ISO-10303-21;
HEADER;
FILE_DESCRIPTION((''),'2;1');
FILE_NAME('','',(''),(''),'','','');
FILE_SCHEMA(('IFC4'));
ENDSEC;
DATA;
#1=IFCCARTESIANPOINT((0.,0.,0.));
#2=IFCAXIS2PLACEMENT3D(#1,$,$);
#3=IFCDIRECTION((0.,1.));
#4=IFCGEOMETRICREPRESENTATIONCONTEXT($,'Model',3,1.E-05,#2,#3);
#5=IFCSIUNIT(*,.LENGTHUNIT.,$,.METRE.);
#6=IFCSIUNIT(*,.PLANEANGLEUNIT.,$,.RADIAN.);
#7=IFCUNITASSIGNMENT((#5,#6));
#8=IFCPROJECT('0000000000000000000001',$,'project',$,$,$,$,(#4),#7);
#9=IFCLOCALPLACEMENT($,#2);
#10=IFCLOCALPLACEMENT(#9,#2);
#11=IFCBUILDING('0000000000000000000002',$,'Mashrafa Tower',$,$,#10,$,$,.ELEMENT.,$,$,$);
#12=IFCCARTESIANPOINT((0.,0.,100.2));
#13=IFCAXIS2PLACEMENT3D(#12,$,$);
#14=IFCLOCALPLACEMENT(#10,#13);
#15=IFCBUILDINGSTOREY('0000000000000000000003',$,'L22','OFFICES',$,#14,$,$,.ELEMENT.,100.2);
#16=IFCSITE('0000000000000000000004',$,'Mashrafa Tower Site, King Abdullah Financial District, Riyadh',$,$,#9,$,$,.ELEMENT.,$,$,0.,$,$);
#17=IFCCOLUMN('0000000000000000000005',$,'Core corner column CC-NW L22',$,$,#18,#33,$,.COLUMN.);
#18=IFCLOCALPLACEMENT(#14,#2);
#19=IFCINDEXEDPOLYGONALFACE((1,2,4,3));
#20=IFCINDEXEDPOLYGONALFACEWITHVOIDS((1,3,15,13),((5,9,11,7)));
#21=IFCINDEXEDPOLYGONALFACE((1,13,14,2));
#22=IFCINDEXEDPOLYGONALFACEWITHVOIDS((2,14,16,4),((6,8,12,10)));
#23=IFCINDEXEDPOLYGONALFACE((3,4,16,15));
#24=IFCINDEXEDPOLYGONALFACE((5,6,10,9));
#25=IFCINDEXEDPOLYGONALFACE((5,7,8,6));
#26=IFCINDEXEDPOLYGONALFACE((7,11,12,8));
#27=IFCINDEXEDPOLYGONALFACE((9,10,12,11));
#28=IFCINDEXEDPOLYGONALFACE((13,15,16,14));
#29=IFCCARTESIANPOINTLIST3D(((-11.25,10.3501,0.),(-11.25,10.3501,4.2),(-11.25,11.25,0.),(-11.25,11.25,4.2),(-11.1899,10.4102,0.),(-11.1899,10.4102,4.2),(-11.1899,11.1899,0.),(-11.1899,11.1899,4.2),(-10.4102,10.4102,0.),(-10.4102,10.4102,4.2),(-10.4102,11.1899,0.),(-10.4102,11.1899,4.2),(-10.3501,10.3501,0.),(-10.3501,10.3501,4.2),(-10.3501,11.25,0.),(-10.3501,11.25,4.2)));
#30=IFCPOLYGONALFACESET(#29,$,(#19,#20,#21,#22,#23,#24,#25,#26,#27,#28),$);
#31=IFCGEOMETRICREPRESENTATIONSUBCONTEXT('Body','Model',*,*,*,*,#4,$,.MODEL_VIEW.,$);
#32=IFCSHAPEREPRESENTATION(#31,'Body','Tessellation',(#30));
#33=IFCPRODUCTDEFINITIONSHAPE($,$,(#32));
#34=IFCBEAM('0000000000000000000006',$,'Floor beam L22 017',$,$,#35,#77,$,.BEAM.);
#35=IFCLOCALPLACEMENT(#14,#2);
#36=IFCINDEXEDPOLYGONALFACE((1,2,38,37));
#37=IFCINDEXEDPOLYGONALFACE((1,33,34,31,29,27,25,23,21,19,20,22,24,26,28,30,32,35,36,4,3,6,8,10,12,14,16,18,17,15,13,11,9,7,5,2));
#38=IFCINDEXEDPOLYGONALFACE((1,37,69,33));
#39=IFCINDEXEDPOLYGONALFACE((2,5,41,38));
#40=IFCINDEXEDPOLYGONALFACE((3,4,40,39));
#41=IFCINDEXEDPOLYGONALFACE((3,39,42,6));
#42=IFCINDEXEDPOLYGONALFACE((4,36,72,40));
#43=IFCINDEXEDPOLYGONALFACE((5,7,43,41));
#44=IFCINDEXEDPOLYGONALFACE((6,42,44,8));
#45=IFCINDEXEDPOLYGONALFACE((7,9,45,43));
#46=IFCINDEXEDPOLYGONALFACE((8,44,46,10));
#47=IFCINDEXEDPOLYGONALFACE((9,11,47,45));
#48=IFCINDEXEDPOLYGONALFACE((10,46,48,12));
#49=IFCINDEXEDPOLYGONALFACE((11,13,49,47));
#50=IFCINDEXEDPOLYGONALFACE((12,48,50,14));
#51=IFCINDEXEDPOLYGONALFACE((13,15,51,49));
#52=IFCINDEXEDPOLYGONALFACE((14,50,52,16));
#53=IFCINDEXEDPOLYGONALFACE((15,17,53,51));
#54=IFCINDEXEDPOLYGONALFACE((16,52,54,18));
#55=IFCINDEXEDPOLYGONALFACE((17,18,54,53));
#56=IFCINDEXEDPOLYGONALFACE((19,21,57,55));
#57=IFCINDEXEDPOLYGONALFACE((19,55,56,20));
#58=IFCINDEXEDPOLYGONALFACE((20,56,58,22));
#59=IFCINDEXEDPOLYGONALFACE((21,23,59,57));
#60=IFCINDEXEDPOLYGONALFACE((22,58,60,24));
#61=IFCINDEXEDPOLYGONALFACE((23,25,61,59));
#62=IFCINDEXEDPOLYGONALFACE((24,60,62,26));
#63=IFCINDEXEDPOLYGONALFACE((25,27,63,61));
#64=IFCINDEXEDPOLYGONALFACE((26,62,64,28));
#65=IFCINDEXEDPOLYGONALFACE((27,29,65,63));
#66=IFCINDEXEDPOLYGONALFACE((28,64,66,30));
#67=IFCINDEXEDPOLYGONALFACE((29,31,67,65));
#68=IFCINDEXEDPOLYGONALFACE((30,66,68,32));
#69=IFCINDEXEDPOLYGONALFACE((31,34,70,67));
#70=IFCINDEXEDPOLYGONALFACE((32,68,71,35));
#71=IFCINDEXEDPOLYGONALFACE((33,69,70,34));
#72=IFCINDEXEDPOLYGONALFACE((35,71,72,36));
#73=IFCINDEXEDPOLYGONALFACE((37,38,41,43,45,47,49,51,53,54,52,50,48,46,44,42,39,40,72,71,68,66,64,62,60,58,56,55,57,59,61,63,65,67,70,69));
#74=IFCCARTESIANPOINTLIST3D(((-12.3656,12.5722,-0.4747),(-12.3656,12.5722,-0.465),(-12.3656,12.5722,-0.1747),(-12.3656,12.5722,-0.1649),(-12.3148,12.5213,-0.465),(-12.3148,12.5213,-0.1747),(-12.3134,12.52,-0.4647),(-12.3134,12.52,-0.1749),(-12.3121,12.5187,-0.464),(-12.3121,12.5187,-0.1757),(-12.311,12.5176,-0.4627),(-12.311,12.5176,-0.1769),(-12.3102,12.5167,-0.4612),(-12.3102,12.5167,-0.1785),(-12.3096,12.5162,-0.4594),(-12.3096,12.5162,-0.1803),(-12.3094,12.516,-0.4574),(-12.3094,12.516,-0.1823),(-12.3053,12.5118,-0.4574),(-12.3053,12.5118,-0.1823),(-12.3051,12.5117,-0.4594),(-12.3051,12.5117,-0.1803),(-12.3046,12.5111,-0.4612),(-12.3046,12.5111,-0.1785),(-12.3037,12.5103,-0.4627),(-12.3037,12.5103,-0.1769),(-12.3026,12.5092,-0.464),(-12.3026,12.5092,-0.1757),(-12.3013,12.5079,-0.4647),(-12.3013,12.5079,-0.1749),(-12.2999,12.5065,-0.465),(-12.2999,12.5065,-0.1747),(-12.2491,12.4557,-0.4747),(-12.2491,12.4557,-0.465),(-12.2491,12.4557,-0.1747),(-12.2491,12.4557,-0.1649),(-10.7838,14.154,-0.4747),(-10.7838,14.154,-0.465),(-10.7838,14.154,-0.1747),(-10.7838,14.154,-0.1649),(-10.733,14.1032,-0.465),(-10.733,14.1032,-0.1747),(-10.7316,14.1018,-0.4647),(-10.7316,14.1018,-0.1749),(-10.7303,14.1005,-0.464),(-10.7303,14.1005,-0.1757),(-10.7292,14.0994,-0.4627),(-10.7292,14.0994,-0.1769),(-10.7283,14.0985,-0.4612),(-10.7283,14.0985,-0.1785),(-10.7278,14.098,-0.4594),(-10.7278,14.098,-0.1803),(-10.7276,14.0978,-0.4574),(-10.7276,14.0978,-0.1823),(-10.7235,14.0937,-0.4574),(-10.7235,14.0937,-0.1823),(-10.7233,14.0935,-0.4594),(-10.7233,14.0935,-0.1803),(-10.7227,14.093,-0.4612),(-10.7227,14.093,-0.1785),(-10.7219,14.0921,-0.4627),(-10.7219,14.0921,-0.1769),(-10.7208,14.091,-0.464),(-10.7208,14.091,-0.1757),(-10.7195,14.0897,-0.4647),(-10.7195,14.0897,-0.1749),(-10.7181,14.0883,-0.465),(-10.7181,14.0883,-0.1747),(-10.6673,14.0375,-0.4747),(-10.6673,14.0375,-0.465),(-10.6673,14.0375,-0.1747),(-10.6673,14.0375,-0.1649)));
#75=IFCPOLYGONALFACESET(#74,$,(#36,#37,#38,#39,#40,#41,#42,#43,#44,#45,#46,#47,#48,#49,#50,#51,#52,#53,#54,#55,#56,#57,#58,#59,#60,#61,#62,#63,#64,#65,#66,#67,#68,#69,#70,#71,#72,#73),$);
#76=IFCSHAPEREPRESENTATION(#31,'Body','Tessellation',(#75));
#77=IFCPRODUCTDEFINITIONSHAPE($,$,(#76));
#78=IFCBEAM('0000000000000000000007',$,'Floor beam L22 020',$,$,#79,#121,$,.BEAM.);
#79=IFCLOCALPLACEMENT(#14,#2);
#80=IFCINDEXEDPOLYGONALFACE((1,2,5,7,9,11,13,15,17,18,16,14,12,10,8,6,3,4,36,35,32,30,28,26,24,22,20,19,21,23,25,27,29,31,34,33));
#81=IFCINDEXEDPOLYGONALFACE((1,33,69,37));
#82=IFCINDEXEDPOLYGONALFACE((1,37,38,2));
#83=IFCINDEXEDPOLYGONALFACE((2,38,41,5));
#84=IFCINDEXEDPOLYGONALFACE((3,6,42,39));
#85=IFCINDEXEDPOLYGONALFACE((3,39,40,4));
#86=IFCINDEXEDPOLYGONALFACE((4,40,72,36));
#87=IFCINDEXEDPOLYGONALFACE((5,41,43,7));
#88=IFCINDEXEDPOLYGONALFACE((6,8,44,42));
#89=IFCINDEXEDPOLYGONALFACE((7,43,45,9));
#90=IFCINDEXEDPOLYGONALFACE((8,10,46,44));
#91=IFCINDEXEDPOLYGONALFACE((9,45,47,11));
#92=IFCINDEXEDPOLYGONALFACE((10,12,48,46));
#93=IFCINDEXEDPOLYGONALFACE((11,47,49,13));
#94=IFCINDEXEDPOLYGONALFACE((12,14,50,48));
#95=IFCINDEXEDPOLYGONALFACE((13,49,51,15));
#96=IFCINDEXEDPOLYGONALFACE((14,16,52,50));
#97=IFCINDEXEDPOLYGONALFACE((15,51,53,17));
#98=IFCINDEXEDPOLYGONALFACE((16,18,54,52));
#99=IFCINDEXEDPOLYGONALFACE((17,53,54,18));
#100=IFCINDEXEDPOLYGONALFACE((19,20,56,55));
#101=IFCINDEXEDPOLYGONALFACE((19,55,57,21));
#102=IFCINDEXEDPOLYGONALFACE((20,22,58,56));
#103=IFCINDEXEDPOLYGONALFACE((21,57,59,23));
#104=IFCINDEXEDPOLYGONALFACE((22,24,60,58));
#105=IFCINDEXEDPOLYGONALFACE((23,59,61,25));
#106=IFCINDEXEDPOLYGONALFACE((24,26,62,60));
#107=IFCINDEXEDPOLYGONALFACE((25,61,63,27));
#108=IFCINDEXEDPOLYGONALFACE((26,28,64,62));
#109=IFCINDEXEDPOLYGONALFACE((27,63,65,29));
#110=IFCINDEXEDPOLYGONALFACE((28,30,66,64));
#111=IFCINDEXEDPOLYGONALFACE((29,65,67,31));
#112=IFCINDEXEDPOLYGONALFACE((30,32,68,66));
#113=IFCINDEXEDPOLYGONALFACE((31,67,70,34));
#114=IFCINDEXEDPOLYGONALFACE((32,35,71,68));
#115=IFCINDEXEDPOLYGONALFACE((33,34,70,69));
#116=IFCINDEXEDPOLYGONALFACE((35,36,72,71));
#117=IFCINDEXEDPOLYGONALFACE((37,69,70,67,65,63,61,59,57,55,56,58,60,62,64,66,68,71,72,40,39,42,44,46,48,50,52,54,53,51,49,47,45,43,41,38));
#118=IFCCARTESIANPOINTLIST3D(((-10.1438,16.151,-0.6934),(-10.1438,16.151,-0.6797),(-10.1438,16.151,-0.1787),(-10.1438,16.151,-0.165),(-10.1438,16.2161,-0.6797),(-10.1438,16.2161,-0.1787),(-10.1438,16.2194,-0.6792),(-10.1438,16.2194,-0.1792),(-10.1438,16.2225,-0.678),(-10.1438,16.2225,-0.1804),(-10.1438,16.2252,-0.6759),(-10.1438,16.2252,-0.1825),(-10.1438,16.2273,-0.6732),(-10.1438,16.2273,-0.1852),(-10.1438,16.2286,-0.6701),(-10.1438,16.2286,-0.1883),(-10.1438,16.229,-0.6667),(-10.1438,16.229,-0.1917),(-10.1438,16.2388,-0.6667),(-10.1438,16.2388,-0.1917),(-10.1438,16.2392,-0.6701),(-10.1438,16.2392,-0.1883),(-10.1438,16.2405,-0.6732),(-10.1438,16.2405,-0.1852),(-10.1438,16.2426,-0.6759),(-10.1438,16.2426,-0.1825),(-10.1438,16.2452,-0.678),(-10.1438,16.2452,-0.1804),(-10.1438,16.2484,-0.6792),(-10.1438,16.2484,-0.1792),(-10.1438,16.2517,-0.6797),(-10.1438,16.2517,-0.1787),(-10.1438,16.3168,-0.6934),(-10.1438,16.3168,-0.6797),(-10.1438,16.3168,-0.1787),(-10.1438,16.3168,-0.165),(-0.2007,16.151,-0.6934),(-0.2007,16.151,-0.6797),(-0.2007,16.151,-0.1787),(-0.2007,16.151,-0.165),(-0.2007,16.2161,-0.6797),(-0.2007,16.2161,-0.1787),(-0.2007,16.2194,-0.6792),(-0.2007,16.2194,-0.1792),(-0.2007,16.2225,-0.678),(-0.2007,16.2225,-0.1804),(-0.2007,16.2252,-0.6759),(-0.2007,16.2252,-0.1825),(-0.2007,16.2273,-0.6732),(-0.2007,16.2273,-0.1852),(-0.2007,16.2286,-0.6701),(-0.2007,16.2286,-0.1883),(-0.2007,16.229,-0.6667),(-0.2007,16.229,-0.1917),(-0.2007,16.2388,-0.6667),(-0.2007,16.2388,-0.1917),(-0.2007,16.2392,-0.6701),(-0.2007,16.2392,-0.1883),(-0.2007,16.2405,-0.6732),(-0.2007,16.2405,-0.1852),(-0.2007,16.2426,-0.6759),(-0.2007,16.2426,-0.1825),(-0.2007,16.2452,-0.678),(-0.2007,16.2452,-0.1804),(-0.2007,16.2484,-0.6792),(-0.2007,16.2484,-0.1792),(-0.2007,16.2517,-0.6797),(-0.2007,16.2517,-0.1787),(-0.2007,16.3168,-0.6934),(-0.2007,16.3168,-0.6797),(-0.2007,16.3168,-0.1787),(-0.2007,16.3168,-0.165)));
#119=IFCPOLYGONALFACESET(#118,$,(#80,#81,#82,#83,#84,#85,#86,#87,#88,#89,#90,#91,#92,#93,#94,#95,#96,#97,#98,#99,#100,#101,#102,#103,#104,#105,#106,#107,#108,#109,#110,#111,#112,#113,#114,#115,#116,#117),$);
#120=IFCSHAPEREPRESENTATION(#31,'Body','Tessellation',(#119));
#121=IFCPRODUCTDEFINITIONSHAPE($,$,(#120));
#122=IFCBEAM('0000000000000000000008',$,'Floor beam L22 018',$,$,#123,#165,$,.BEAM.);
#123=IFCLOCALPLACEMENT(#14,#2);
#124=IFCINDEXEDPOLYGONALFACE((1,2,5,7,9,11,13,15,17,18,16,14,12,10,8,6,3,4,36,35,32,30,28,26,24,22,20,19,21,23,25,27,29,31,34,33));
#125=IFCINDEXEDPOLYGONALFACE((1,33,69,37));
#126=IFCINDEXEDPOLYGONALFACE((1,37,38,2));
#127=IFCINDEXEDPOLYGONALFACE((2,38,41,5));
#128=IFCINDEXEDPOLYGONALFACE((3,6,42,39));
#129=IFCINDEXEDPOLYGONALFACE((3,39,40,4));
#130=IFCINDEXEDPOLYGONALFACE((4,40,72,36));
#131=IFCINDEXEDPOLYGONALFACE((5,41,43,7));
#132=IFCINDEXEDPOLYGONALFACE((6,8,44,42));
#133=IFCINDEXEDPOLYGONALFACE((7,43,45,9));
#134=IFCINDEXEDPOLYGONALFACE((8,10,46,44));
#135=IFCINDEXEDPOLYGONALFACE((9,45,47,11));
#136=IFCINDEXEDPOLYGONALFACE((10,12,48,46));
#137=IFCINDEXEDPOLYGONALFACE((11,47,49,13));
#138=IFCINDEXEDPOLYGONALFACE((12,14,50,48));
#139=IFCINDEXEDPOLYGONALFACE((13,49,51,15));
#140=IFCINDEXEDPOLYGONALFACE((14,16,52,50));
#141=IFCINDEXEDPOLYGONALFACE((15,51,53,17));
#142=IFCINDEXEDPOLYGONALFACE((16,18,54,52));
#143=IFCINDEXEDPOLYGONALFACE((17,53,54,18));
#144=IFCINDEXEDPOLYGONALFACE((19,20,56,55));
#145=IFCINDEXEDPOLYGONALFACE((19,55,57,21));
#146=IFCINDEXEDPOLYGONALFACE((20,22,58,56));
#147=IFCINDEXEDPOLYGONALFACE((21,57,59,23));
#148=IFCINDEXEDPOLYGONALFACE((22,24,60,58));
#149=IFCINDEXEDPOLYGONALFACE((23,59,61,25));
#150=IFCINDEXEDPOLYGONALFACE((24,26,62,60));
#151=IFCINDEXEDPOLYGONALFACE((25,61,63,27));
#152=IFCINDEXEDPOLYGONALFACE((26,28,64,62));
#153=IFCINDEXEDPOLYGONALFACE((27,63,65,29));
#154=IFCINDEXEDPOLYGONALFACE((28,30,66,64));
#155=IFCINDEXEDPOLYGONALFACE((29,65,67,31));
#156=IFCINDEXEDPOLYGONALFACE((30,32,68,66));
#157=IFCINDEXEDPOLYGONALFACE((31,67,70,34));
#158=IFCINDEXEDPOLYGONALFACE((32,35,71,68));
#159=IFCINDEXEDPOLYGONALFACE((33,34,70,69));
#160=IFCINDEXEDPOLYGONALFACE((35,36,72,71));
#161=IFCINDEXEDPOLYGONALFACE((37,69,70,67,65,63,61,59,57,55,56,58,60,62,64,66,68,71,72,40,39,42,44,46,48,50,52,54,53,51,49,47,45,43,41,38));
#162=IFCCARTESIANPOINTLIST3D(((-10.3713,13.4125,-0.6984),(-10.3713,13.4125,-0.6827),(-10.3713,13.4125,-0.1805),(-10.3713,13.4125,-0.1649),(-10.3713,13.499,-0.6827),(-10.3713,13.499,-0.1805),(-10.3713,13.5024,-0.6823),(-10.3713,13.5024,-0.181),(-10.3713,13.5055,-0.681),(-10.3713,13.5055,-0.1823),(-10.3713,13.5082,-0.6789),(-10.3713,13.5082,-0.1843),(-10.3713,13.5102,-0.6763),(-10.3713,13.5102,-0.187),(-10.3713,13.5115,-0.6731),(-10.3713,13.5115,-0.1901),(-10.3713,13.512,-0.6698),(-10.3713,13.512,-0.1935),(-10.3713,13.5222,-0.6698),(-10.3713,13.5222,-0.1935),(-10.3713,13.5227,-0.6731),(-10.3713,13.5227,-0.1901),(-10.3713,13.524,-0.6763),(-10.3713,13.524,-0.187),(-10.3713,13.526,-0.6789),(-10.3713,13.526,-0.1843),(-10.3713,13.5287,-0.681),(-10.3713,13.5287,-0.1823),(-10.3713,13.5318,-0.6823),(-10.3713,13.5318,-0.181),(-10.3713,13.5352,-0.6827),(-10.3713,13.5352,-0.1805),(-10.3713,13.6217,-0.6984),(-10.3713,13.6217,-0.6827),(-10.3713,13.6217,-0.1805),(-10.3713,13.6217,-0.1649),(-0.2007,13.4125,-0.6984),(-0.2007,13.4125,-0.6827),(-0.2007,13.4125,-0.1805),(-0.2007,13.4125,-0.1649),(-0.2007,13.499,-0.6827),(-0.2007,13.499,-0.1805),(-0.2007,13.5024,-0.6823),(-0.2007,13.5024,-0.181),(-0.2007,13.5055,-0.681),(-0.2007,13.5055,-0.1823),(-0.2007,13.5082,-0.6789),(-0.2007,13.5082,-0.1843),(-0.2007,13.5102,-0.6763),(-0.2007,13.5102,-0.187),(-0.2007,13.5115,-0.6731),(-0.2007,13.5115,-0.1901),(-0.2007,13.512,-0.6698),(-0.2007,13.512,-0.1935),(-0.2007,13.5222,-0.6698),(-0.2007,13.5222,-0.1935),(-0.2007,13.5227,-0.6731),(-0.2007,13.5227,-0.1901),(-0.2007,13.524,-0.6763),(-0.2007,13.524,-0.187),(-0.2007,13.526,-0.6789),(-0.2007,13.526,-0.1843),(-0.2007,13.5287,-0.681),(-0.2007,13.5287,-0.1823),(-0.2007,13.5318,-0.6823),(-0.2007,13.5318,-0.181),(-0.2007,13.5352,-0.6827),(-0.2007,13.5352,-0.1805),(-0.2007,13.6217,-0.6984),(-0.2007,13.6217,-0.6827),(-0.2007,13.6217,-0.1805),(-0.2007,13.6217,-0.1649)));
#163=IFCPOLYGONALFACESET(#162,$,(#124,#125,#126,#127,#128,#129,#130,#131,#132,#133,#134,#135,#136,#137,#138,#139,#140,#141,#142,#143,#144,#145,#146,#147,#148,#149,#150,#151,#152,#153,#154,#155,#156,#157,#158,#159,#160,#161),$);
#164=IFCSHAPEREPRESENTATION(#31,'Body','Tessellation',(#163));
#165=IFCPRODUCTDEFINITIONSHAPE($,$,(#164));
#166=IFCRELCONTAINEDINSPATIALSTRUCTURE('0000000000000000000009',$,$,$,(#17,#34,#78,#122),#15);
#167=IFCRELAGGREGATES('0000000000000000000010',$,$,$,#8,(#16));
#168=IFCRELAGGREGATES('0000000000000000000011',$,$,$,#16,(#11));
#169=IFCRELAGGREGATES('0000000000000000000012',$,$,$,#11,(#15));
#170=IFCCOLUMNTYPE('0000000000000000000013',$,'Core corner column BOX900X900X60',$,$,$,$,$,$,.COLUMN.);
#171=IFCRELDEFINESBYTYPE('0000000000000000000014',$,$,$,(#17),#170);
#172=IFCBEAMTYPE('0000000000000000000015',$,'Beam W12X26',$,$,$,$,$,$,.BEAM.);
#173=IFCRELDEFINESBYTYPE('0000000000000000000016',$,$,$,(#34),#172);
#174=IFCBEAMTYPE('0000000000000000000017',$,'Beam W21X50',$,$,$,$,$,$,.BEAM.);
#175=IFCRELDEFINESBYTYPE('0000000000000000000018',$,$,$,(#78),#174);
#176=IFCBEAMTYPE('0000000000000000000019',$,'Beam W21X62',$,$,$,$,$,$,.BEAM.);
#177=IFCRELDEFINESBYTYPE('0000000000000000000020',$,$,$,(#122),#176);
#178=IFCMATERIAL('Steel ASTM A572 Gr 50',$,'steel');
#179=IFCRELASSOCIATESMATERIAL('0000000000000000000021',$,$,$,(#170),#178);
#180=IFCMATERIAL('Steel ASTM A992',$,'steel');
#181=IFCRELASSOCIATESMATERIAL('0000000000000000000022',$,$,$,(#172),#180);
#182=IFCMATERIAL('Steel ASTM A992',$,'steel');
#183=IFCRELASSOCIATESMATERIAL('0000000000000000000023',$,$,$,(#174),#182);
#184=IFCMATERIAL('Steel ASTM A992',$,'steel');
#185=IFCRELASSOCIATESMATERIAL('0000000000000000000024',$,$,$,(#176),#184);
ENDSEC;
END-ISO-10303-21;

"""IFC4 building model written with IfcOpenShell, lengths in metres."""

from ifc_helpers import new_model, si_unit, direction, frame, origin, origin_2d, place, context, subcontext, project, spatial, hollow_rectangle, i_section, extrude, material, material_profile, profile_set, type_object, element, save


model = new_model("IFC4")

# Units and contexts
model_context = context("Model", 3, precision=1e-05, world=origin(), true_north=direction((0.0, 1.0)))
body_context = subcontext(model_context, "Body", "Model", "MODEL_VIEW")
ifc_project = project(units=[si_unit("LENGTHUNIT", "METRE"), si_unit("PLANEANGLEUNIT", "RADIAN")], contexts=[model_context])

# Site, building, storey
site_placement = place(None, origin())
site = spatial("IfcSite", under=ifc_project, at=site_placement, Name="Mashrafa Tower Site, King Abdullah Financial District, Riyadh", CompositionType="ELEMENT", RefElevation=0.0)
building_placement = place(site_placement, origin())
building = spatial("IfcBuilding", under=site, at=building_placement, Name="Mashrafa Tower", CompositionType="ELEMENT")
storey_placement = place(building_placement, frame((0.0, 0.0, 100.2)))
storey = spatial("IfcBuildingStorey", under=building, at=storey_placement, Name="L22", Description="OFFICES", CompositionType="ELEMENT", Elevation=100.2)

# Column
ifc_material_1 = material(Name="Steel ASTM A572 Gr 50", Category="steel")
ifc_material_profile_1 = material_profile(ifc_material_1, hollow_rectangle(XDim=0.8999, YDim=0.8999, WallThickness=0.0601, at=origin_2d()), Name="BOX900X900X60")
ifc_profile_set_1 = profile_set([ifc_material_profile_1], Name="Steel ASTM A572 Gr 50")
column_type = type_object("IfcColumnType", Name="Core corner column BOX900X900X60", PredefinedType="COLUMN", material=ifc_profile_set_1)
column_placement = place(storey_placement, frame((-10.8, 10.8, 0.0), z_axis=(0.0, 0.0, 1.0), x_axis=(1.0, 0.0, 0.0)))
element("IfcColumn", 1, at=column_placement, inside=storey, type_object=column_type, Name="Core corner column CC-NW L22", PredefinedType="COLUMN", context=body_context, shape_type="SweptSolid", body=[
    extrude(hollow_rectangle(XDim=0.8999, YDim=0.8999, WallThickness=0.0601, at=origin_2d()), origin(), (0.0, 0.0, 1.0), 4.2),
])

# Beams
ifc_material_2 = material(Name="Steel ASTM A992", Category="steel")
ifc_material_profile_2 = material_profile(ifc_material_2, i_section(OverallWidth=0.1648, OverallDepth=0.3098, WebThickness=0.0059, FlangeThickness=0.0098, FilletRadius=0.0076, at=origin_2d()), Name="W12X26")
ifc_profile_set_2 = profile_set([ifc_material_profile_2], Name="Steel ASTM A992")
beam_type_1 = type_object("IfcBeamType", Name="Beam W12X26", PredefinedType="BEAM", material=ifc_profile_set_2)
beam_1_placement = place(storey_placement, frame((-12.3074, 12.5139, -0.3198), z_axis=(0.707107, 0.707107, 0.0), x_axis=(-0.707107, 0.707107, 0.0)))
element("IfcBeam", 2, at=beam_1_placement, inside=storey, type_object=beam_type_1, Name="Floor beam L22 017", PredefinedType="BEAM", context=body_context, shape_type="SweptSolid", body=[
    extrude(i_section(OverallWidth=0.1648, OverallDepth=0.3098, WebThickness=0.0059, FlangeThickness=0.0098, FilletRadius=0.0076, at=origin_2d()), origin(), (0.0, 0.0, 1.0), 2.2371),
])
ifc_material_3 = material(Name="Steel ASTM A992", Category="steel")
ifc_material_profile_3 = material_profile(ifc_material_3, i_section(OverallWidth=0.1658, OverallDepth=0.5283, WebThickness=0.0098, FlangeThickness=0.0137, FilletRadius=0.0129, at=origin_2d()), Name="W21X50")
ifc_profile_set_3 = profile_set([ifc_material_profile_3], Name="Steel ASTM A992")
beam_type_2 = type_object("IfcBeamType", Name="Beam W21X50", PredefinedType="BEAM", material=ifc_profile_set_3)
beam_2_placement = place(storey_placement, frame((-10.1438, 16.2339, -0.4292), z_axis=(1.0, 0.0, 0.0), x_axis=(0.0, 1.0, 0.0)))
element("IfcBeam", 3, at=beam_2_placement, inside=storey, type_object=beam_type_2, Name="Floor beam L22 020", PredefinedType="BEAM", context=body_context, shape_type="SweptSolid", body=[
    extrude(i_section(OverallWidth=0.1658, OverallDepth=0.5283, WebThickness=0.0098, FlangeThickness=0.0137, FilletRadius=0.0129, at=origin_2d()), origin(), (0.0, 0.0, 1.0), 9.9431),
])
ifc_material_4 = material(Name="Steel ASTM A992", Category="steel")
ifc_material_profile_4 = material_profile(ifc_material_4, i_section(OverallWidth=0.2092, OverallDepth=0.5334, WebThickness=0.0103, FlangeThickness=0.0156, FilletRadius=0.0129, at=origin_2d()), Name="W21X62")
ifc_profile_set_4 = profile_set([ifc_material_profile_4], Name="Steel ASTM A992")
beam_type_3 = type_object("IfcBeamType", Name="Beam W21X62", PredefinedType="BEAM", material=ifc_profile_set_4)
beam_3_placement = place(storey_placement, frame((-10.3713, 13.5171, -0.4316), z_axis=(1.0, 0.0, 0.0), x_axis=(0.0, 1.0, 0.0)))
element("IfcBeam", 4, at=beam_3_placement, inside=storey, type_object=beam_type_3, Name="Floor beam L22 018", PredefinedType="BEAM", context=body_context, shape_type="SweptSolid", body=[
    extrude(i_section(OverallWidth=0.2092, OverallDepth=0.5334, WebThickness=0.0103, FlangeThickness=0.0156, FilletRadius=0.0129, at=origin_2d()), origin(), (0.0, 0.0, 1.0), 10.1707),
])

save(model, "model.ifc")
